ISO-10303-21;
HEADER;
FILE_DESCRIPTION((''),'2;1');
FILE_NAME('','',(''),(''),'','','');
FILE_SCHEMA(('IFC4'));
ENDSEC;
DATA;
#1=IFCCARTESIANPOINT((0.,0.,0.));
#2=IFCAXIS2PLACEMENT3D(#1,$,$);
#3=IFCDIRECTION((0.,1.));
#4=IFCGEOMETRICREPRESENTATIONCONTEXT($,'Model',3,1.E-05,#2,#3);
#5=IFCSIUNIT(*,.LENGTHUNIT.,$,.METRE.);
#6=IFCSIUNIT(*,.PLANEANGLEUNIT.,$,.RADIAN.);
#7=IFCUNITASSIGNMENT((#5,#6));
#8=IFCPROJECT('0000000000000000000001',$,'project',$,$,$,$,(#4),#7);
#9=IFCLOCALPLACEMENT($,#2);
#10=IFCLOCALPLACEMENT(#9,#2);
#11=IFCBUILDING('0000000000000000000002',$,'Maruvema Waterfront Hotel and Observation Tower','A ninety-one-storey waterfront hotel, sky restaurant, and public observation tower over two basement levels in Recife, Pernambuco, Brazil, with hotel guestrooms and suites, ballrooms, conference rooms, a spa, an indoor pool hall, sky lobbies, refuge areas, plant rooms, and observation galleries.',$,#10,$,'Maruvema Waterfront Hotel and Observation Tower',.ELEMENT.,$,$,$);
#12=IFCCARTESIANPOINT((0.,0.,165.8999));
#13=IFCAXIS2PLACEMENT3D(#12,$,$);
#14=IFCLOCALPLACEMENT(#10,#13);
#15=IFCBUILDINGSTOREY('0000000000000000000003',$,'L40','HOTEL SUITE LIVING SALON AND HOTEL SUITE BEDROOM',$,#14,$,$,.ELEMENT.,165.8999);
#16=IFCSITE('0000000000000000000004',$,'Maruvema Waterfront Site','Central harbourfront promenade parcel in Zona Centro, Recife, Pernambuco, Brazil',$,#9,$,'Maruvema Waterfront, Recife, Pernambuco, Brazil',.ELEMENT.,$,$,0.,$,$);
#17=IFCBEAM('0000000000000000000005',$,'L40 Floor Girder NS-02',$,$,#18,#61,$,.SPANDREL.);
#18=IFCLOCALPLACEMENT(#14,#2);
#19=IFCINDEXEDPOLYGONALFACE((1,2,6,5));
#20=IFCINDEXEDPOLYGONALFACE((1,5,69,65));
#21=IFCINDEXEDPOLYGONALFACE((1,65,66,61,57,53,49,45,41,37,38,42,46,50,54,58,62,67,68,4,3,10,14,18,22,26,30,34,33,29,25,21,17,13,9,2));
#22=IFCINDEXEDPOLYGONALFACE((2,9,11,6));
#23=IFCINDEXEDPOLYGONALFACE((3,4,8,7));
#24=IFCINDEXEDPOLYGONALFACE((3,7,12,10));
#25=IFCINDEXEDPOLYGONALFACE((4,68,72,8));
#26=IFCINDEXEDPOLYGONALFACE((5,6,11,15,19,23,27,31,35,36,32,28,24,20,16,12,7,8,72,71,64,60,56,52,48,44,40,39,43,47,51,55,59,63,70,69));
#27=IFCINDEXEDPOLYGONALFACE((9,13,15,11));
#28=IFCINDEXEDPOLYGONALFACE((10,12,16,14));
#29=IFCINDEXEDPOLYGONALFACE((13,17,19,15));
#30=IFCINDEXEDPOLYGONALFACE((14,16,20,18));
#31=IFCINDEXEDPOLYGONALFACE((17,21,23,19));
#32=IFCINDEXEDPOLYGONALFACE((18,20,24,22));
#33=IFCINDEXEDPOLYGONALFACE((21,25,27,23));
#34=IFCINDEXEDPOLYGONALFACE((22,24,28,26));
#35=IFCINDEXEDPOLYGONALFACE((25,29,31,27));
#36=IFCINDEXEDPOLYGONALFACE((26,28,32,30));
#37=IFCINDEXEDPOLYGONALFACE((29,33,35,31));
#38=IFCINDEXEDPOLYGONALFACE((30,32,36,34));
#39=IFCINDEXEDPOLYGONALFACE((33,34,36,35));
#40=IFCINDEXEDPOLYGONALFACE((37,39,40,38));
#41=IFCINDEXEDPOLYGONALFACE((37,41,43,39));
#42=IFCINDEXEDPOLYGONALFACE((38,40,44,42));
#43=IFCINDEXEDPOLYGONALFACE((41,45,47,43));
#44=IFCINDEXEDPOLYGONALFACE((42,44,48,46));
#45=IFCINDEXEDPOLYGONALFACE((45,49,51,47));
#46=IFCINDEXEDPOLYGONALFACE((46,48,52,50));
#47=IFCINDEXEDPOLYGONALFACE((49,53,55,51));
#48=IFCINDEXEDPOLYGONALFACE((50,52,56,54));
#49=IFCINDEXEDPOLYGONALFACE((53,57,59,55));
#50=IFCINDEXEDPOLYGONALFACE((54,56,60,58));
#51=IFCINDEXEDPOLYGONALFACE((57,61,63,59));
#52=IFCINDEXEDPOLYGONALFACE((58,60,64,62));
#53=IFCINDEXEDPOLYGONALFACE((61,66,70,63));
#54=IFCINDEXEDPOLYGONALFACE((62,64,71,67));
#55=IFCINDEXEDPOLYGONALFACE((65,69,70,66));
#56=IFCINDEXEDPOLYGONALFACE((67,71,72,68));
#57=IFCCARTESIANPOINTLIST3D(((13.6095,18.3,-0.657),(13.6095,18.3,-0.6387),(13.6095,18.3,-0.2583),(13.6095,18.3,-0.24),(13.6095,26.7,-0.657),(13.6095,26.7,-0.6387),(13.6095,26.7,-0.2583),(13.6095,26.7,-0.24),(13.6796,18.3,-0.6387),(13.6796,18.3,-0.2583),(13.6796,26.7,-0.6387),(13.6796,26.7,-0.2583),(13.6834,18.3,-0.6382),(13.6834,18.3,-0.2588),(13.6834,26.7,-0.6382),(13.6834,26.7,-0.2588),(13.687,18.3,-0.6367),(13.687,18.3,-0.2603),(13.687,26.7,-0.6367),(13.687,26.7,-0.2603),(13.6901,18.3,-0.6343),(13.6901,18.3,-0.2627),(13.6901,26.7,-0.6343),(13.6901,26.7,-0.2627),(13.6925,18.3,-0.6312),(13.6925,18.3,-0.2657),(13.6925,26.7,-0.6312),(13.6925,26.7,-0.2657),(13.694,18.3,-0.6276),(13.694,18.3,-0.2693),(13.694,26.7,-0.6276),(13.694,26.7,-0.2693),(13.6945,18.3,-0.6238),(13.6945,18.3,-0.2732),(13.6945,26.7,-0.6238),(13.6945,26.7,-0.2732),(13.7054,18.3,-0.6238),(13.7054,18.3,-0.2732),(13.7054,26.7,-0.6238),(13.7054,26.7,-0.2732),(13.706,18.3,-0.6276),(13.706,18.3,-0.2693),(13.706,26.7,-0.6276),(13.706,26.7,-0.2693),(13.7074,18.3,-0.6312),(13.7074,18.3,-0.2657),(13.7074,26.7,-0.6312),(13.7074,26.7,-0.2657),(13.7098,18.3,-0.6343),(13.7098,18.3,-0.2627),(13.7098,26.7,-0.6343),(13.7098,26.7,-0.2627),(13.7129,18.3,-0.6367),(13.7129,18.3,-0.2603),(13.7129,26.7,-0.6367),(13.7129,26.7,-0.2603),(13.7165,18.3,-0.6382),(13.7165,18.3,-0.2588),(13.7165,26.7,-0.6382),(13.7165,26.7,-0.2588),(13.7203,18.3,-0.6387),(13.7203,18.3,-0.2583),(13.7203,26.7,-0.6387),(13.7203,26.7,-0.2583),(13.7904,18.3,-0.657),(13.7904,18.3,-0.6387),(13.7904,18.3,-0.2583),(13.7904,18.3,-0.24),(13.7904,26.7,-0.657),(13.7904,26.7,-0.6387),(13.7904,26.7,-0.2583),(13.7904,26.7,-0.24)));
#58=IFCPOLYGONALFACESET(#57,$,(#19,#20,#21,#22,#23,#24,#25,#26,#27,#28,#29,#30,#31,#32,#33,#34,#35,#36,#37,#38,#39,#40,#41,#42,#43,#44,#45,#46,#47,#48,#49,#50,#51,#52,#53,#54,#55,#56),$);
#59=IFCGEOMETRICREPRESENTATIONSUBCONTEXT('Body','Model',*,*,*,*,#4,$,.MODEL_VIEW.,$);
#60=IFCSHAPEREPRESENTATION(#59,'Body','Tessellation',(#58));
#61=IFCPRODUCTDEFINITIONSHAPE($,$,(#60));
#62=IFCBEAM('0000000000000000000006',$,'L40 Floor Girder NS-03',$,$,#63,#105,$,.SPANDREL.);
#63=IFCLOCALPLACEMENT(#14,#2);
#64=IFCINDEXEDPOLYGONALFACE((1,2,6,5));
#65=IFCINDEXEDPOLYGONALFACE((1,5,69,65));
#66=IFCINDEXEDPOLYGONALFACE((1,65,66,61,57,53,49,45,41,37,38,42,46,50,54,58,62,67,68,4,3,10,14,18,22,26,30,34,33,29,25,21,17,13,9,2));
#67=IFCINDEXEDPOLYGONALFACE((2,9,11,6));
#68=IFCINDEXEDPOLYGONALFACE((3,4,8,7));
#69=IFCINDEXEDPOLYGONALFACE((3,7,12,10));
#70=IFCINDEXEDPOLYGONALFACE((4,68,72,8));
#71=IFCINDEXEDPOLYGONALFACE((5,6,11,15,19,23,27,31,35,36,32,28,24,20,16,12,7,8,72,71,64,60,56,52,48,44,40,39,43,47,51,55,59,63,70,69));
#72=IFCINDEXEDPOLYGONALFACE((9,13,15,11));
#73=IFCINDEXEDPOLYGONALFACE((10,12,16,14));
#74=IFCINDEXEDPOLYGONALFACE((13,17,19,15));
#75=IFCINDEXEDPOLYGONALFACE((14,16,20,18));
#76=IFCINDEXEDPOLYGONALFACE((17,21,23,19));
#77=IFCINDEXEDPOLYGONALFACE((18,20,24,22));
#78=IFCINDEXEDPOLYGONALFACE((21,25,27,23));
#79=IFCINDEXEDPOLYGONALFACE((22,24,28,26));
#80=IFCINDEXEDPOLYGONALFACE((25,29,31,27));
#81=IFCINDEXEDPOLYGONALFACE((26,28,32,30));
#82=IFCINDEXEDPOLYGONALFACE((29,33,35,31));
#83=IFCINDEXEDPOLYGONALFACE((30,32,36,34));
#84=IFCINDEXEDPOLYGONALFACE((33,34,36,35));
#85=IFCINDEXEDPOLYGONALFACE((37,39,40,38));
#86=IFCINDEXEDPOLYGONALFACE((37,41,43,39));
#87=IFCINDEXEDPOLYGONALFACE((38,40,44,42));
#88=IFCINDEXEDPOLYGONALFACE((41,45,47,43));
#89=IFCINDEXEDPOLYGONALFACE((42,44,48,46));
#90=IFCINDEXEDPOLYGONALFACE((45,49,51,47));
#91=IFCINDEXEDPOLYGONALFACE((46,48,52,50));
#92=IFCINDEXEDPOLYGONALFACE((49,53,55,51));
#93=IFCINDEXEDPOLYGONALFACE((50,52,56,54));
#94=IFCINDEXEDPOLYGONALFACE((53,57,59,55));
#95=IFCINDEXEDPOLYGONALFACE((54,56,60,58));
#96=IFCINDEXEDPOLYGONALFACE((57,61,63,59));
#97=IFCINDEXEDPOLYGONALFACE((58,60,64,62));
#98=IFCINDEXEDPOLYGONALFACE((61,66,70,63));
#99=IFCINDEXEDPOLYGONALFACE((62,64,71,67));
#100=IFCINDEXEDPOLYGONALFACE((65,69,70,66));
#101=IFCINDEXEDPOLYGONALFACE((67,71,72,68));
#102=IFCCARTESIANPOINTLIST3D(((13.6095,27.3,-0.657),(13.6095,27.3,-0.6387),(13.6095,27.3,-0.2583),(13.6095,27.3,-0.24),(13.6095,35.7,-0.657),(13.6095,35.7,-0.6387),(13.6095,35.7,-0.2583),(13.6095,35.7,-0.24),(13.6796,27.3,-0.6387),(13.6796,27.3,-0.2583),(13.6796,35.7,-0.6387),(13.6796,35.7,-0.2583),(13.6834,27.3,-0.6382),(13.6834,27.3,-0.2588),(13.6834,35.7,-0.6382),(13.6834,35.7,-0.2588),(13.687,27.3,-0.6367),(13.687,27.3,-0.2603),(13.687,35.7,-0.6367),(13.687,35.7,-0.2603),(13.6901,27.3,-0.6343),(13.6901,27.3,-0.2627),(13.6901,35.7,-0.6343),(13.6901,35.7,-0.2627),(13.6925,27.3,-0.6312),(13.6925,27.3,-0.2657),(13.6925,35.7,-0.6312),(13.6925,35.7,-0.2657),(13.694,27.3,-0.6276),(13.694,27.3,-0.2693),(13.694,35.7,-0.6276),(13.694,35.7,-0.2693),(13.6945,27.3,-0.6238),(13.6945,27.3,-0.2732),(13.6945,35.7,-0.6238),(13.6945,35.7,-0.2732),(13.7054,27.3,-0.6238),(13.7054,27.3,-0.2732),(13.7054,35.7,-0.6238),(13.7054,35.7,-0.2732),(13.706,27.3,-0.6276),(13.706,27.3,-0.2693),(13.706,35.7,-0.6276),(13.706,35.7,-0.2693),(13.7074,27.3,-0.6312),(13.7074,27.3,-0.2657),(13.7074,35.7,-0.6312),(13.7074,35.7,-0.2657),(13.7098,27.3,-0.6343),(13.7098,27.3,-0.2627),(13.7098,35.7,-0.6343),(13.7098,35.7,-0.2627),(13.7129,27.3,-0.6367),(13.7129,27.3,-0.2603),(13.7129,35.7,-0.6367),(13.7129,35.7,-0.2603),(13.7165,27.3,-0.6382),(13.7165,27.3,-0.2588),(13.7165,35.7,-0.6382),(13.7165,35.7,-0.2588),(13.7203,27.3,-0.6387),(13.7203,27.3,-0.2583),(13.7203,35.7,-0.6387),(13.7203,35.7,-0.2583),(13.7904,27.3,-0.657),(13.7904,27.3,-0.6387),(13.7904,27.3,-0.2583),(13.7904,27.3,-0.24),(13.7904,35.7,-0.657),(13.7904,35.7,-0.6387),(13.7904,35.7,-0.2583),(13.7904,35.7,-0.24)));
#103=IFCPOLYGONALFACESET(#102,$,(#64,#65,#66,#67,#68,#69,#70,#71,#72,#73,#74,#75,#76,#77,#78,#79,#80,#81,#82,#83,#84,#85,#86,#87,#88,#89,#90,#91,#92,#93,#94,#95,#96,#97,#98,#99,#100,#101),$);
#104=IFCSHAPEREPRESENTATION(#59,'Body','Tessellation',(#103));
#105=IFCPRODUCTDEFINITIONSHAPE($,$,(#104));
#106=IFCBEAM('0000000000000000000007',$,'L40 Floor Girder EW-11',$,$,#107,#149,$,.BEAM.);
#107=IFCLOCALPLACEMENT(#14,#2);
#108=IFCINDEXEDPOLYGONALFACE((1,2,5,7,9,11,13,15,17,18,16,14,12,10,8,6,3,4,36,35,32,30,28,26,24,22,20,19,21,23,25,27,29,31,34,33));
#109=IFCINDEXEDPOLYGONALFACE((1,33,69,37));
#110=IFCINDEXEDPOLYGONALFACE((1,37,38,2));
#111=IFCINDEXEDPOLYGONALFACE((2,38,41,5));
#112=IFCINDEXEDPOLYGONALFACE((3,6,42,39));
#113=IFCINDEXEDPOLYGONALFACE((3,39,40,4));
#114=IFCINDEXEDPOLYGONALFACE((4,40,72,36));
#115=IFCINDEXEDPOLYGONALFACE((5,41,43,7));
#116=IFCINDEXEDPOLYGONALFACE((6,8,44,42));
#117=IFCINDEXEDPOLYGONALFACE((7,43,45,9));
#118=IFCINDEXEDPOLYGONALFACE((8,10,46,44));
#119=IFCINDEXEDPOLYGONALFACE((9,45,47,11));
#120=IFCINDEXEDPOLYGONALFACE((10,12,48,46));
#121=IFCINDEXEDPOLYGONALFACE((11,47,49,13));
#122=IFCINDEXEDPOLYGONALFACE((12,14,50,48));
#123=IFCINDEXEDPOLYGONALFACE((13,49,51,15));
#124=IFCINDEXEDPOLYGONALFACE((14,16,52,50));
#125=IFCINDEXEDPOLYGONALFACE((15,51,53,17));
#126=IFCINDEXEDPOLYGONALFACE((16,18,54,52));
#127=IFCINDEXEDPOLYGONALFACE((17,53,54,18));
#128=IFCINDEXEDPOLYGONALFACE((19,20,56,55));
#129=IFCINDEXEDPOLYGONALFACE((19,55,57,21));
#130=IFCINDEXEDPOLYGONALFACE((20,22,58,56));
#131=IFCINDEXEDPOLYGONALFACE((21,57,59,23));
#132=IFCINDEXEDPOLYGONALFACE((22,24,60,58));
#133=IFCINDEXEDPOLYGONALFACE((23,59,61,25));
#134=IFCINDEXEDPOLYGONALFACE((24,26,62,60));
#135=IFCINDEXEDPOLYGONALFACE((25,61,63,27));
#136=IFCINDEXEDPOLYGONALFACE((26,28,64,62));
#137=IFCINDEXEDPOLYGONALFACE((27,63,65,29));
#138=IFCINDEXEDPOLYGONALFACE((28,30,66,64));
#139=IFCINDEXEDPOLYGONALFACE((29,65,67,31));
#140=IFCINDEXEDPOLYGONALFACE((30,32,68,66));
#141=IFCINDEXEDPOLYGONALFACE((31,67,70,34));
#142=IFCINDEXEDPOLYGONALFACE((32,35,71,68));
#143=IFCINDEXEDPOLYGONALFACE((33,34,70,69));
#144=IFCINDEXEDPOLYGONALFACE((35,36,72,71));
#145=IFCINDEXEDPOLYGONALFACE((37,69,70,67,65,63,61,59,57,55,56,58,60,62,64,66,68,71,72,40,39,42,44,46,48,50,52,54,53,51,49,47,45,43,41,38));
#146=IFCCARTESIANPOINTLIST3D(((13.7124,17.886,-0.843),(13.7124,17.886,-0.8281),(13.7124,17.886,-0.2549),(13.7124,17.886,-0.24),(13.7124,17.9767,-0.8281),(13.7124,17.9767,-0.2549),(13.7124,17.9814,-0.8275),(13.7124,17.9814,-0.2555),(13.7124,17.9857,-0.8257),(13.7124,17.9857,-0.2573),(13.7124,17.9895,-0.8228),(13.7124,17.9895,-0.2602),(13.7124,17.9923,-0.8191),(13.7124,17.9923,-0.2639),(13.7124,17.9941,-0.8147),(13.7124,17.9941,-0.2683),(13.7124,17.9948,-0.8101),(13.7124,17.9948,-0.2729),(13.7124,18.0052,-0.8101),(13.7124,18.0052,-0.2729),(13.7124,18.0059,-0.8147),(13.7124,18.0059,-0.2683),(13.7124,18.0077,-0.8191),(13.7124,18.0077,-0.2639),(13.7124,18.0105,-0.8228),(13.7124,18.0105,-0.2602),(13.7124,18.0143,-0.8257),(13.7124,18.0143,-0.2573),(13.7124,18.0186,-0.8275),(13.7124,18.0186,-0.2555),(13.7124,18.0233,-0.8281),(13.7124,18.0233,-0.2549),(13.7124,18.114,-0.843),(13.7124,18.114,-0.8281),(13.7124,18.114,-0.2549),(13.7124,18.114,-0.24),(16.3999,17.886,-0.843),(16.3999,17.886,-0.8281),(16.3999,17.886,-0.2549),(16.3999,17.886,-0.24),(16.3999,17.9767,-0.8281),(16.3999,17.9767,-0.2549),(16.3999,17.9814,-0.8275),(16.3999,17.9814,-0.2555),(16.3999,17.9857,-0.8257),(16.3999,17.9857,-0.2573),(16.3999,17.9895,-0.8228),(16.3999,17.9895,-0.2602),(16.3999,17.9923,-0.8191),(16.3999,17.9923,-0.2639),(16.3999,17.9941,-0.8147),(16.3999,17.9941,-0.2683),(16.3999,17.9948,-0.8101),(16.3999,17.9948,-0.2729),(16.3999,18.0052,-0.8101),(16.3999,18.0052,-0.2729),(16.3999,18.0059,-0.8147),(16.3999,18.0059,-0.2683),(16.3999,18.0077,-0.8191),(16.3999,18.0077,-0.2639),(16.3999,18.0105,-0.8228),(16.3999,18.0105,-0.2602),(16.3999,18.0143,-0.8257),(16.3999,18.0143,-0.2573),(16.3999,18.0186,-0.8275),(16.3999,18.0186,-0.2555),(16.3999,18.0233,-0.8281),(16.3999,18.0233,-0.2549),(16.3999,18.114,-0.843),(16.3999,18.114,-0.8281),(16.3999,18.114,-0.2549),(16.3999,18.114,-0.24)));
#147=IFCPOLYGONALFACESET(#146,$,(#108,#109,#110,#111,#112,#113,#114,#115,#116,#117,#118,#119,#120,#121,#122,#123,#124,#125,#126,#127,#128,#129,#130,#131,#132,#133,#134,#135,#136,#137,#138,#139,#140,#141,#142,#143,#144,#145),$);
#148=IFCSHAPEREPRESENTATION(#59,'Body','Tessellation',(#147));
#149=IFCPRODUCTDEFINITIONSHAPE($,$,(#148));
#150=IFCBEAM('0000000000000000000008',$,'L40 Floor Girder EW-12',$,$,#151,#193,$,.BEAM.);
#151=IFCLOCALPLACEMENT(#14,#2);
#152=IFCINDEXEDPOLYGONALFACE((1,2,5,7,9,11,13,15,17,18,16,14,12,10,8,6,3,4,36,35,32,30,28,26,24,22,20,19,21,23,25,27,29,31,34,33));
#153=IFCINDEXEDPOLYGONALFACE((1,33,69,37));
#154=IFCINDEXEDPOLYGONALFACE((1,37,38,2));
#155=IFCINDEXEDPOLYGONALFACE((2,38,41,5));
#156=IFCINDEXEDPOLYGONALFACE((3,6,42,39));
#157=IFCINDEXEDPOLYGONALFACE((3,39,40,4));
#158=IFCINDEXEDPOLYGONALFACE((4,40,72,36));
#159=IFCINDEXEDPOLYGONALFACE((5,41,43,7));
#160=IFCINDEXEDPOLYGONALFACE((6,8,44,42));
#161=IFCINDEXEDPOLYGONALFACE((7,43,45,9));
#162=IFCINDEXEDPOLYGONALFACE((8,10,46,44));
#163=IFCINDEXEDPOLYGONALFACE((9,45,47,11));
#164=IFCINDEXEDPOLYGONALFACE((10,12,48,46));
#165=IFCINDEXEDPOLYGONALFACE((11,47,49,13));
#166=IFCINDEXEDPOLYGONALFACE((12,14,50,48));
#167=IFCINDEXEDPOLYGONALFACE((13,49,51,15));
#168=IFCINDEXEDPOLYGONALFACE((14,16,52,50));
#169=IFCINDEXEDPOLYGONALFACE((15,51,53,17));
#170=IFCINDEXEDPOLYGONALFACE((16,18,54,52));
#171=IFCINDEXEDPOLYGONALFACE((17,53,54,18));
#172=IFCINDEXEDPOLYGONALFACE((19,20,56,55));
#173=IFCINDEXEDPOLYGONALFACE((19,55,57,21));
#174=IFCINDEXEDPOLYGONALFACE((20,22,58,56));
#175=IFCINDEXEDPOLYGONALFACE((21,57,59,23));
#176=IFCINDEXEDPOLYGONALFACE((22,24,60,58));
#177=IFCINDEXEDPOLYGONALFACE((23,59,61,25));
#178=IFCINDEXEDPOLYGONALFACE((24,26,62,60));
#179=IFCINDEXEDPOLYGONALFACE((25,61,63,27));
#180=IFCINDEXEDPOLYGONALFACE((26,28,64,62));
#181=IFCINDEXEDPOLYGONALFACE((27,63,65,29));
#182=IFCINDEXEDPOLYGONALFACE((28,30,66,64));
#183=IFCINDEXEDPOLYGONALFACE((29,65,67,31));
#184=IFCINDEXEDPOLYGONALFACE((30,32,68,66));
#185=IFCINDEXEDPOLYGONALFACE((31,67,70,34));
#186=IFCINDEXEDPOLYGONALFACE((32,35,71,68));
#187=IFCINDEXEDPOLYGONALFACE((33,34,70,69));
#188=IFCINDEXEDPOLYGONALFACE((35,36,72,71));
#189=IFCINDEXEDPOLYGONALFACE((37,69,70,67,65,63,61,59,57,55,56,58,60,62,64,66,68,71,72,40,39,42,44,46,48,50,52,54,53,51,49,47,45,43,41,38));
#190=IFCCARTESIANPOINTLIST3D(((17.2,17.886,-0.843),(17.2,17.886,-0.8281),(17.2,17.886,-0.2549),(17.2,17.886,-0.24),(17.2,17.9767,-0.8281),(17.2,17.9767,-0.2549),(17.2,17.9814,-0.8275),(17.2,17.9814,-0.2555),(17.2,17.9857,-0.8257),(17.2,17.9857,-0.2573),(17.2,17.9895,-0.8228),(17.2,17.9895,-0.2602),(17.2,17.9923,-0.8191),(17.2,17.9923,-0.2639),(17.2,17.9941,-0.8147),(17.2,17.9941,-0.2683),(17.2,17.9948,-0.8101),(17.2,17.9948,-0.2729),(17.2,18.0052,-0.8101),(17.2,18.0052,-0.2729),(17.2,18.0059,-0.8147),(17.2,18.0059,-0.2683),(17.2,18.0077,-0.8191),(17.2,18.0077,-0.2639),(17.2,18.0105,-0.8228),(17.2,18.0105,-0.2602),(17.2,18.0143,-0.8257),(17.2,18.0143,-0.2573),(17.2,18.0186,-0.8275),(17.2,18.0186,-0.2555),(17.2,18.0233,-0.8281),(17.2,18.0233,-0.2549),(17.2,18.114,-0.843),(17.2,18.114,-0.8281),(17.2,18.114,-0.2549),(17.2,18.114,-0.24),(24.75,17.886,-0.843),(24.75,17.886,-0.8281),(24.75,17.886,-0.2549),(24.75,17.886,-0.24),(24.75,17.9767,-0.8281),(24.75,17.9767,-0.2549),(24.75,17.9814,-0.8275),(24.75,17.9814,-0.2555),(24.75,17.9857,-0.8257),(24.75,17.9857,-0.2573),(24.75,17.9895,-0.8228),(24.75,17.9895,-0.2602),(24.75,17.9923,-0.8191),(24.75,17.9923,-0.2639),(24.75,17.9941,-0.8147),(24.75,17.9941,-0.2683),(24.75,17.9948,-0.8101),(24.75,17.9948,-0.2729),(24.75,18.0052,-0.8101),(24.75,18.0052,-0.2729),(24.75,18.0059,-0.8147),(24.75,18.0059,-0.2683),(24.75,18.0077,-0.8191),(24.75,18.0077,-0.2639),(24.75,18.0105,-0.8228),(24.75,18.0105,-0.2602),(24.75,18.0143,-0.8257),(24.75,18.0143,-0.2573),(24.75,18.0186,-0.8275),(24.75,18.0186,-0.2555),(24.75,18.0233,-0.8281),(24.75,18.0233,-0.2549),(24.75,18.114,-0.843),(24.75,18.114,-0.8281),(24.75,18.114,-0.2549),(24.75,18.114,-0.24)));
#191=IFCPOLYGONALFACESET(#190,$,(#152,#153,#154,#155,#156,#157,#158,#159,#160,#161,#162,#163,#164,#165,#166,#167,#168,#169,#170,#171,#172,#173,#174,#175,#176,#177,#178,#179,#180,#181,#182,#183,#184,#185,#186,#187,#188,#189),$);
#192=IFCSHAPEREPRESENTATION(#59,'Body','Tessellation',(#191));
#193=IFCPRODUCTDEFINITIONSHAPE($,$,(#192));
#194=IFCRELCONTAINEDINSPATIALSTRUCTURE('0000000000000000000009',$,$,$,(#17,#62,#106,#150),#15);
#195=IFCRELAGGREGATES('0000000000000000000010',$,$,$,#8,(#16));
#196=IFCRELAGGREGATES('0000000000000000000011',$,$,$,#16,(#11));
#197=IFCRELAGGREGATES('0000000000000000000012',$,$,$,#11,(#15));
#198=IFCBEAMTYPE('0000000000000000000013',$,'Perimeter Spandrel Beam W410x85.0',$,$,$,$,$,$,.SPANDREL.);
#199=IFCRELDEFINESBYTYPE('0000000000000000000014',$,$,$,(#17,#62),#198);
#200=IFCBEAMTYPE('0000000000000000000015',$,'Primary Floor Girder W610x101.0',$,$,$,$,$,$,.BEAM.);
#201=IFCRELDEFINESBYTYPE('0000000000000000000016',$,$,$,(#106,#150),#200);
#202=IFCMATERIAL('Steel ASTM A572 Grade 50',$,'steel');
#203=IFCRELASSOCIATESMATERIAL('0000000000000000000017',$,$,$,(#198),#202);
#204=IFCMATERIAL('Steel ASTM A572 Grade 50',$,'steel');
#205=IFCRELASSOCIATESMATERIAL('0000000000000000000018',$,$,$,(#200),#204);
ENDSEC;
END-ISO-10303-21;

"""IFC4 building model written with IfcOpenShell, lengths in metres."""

from ifc_helpers import new_model, si_unit, direction, frame, origin, origin_2d, place, context, subcontext, project, spatial, i_section, extrude, material, material_profile, profile_set, type_object, element, save


model = new_model("IFC4")

# Units and contexts
model_context = context("Model", 3, precision=1e-05, world=origin(), true_north=direction((0.0, 1.0)))
body_context = subcontext(model_context, "Body", "Model", "MODEL_VIEW")
ifc_project = project(units=[si_unit("LENGTHUNIT", "METRE"), si_unit("PLANEANGLEUNIT", "RADIAN")], contexts=[model_context])

# Site, building, storey
site_placement = place(None, origin())
site = spatial("IfcSite", under=ifc_project, at=site_placement, Name="Maruvema Waterfront Site", Description="Central harbourfront promenade parcel in Zona Centro, Recife, Pernambuco, Brazil", LongName="Maruvema Waterfront, Recife, Pernambuco, Brazil", CompositionType="ELEMENT", RefElevation=0.0)
building_placement = place(site_placement, origin())
building = spatial("IfcBuilding", under=site, at=building_placement, Name="Maruvema Waterfront Hotel and Observation Tower", Description="A ninety-one-storey waterfront hotel, sky restaurant, and public observation tower over two basement levels in Recife, Pernambuco, Brazil, with hotel guestrooms and suites, ballrooms, conference rooms, a spa, an indoor pool hall, sky lobbies, refuge areas, plant rooms, and observation galleries.", LongName="Maruvema Waterfront Hotel and Observation Tower", CompositionType="ELEMENT")
storey_placement = place(building_placement, frame((0.0, 0.0, 165.8999)))
storey = spatial("IfcBuildingStorey", under=building, at=storey_placement, Name="L40", Description="HOTEL SUITE LIVING SALON AND HOTEL SUITE BEDROOM", CompositionType="ELEMENT", Elevation=165.8999)

# Beams
ifc_material_1 = material(Name="Steel ASTM A572 Grade 50", Category="steel")
ifc_material_profile_1 = material_profile(ifc_material_1, i_section(OverallWidth=0.1809, OverallDepth=0.417, WebThickness=0.011, FlangeThickness=0.0183, FilletRadius=0.0149, at=origin_2d()), Name="W410x85.0")
ifc_profile_set_1 = profile_set([ifc_material_profile_1], Name="Steel ASTM A572 Grade 50")
beam_type_1 = type_object("IfcBeamType", Name="Perimeter Spandrel Beam W410x85.0", PredefinedType="SPANDREL", material=ifc_profile_set_1)
for number, where, z_axis, x_axis, name in (
    (1, (13.7, 18.3, -0.4485), (0.0, 1.0, 0.0), (-1.0, 0.0, 0.0), "L40 Floor Girder NS-02"),
    (2, (13.7, 27.3, -0.4485), (0.0, 1.0, 0.0), (-1.0, 0.0, 0.0), "L40 Floor Girder NS-03"),
):
    element("IfcBeam", number, at=place(storey_placement, frame(where, z_axis=z_axis, x_axis=x_axis)), inside=storey, type_object=beam_type_1, Name=name, PredefinedType="SPANDREL", context=body_context, shape_type="SweptSolid", body=[
        extrude(i_section(OverallWidth=0.1809, OverallDepth=0.417, WebThickness=0.011, FlangeThickness=0.0183, FilletRadius=0.0149, at=origin_2d()), origin(), (0.0, 0.0, 1.0), 8.3999),
    ])
ifc_material_2 = material(Name="Steel ASTM A572 Grade 50", Category="steel")
ifc_material_profile_2 = material_profile(ifc_material_2, i_section(OverallWidth=0.228, OverallDepth=0.603, WebThickness=0.0105, FlangeThickness=0.0149, FilletRadius=0.0181, at=origin_2d()), Name="W610x101.0")
ifc_profile_set_2 = profile_set([ifc_material_profile_2], Name="Steel ASTM A572 Grade 50")
beam_type_2 = type_object("IfcBeamType", Name="Primary Floor Girder W610x101.0", PredefinedType="BEAM", material=ifc_profile_set_2)
beam_1_placement = place(storey_placement, frame((13.7124, 18.0, -0.5415), z_axis=(1.0, 0.0, 0.0), x_axis=(0.0, 1.0, 0.0)))
element("IfcBeam", 3, at=beam_1_placement, inside=storey, type_object=beam_type_2, Name="L40 Floor Girder EW-11", PredefinedType="BEAM", context=body_context, shape_type="SweptSolid", body=[
    extrude(i_section(OverallWidth=0.228, OverallDepth=0.603, WebThickness=0.0105, FlangeThickness=0.0149, FilletRadius=0.0181, at=origin_2d()), origin(), (0.0, 0.0, 1.0), 2.6875),
])
beam_2_placement = place(storey_placement, frame((17.2, 18.0, -0.5415), z_axis=(1.0, 0.0, 0.0), x_axis=(0.0, 1.0, 0.0)))
element("IfcBeam", 4, at=beam_2_placement, inside=storey, type_object=beam_type_2, Name="L40 Floor Girder EW-12", PredefinedType="BEAM", context=body_context, shape_type="SweptSolid", body=[
    extrude(i_section(OverallWidth=0.228, OverallDepth=0.603, WebThickness=0.0105, FlangeThickness=0.0149, FilletRadius=0.0181, at=origin_2d()), origin(), (0.0, 0.0, 1.0), 7.55),
])

save(model, "model.ifc")
